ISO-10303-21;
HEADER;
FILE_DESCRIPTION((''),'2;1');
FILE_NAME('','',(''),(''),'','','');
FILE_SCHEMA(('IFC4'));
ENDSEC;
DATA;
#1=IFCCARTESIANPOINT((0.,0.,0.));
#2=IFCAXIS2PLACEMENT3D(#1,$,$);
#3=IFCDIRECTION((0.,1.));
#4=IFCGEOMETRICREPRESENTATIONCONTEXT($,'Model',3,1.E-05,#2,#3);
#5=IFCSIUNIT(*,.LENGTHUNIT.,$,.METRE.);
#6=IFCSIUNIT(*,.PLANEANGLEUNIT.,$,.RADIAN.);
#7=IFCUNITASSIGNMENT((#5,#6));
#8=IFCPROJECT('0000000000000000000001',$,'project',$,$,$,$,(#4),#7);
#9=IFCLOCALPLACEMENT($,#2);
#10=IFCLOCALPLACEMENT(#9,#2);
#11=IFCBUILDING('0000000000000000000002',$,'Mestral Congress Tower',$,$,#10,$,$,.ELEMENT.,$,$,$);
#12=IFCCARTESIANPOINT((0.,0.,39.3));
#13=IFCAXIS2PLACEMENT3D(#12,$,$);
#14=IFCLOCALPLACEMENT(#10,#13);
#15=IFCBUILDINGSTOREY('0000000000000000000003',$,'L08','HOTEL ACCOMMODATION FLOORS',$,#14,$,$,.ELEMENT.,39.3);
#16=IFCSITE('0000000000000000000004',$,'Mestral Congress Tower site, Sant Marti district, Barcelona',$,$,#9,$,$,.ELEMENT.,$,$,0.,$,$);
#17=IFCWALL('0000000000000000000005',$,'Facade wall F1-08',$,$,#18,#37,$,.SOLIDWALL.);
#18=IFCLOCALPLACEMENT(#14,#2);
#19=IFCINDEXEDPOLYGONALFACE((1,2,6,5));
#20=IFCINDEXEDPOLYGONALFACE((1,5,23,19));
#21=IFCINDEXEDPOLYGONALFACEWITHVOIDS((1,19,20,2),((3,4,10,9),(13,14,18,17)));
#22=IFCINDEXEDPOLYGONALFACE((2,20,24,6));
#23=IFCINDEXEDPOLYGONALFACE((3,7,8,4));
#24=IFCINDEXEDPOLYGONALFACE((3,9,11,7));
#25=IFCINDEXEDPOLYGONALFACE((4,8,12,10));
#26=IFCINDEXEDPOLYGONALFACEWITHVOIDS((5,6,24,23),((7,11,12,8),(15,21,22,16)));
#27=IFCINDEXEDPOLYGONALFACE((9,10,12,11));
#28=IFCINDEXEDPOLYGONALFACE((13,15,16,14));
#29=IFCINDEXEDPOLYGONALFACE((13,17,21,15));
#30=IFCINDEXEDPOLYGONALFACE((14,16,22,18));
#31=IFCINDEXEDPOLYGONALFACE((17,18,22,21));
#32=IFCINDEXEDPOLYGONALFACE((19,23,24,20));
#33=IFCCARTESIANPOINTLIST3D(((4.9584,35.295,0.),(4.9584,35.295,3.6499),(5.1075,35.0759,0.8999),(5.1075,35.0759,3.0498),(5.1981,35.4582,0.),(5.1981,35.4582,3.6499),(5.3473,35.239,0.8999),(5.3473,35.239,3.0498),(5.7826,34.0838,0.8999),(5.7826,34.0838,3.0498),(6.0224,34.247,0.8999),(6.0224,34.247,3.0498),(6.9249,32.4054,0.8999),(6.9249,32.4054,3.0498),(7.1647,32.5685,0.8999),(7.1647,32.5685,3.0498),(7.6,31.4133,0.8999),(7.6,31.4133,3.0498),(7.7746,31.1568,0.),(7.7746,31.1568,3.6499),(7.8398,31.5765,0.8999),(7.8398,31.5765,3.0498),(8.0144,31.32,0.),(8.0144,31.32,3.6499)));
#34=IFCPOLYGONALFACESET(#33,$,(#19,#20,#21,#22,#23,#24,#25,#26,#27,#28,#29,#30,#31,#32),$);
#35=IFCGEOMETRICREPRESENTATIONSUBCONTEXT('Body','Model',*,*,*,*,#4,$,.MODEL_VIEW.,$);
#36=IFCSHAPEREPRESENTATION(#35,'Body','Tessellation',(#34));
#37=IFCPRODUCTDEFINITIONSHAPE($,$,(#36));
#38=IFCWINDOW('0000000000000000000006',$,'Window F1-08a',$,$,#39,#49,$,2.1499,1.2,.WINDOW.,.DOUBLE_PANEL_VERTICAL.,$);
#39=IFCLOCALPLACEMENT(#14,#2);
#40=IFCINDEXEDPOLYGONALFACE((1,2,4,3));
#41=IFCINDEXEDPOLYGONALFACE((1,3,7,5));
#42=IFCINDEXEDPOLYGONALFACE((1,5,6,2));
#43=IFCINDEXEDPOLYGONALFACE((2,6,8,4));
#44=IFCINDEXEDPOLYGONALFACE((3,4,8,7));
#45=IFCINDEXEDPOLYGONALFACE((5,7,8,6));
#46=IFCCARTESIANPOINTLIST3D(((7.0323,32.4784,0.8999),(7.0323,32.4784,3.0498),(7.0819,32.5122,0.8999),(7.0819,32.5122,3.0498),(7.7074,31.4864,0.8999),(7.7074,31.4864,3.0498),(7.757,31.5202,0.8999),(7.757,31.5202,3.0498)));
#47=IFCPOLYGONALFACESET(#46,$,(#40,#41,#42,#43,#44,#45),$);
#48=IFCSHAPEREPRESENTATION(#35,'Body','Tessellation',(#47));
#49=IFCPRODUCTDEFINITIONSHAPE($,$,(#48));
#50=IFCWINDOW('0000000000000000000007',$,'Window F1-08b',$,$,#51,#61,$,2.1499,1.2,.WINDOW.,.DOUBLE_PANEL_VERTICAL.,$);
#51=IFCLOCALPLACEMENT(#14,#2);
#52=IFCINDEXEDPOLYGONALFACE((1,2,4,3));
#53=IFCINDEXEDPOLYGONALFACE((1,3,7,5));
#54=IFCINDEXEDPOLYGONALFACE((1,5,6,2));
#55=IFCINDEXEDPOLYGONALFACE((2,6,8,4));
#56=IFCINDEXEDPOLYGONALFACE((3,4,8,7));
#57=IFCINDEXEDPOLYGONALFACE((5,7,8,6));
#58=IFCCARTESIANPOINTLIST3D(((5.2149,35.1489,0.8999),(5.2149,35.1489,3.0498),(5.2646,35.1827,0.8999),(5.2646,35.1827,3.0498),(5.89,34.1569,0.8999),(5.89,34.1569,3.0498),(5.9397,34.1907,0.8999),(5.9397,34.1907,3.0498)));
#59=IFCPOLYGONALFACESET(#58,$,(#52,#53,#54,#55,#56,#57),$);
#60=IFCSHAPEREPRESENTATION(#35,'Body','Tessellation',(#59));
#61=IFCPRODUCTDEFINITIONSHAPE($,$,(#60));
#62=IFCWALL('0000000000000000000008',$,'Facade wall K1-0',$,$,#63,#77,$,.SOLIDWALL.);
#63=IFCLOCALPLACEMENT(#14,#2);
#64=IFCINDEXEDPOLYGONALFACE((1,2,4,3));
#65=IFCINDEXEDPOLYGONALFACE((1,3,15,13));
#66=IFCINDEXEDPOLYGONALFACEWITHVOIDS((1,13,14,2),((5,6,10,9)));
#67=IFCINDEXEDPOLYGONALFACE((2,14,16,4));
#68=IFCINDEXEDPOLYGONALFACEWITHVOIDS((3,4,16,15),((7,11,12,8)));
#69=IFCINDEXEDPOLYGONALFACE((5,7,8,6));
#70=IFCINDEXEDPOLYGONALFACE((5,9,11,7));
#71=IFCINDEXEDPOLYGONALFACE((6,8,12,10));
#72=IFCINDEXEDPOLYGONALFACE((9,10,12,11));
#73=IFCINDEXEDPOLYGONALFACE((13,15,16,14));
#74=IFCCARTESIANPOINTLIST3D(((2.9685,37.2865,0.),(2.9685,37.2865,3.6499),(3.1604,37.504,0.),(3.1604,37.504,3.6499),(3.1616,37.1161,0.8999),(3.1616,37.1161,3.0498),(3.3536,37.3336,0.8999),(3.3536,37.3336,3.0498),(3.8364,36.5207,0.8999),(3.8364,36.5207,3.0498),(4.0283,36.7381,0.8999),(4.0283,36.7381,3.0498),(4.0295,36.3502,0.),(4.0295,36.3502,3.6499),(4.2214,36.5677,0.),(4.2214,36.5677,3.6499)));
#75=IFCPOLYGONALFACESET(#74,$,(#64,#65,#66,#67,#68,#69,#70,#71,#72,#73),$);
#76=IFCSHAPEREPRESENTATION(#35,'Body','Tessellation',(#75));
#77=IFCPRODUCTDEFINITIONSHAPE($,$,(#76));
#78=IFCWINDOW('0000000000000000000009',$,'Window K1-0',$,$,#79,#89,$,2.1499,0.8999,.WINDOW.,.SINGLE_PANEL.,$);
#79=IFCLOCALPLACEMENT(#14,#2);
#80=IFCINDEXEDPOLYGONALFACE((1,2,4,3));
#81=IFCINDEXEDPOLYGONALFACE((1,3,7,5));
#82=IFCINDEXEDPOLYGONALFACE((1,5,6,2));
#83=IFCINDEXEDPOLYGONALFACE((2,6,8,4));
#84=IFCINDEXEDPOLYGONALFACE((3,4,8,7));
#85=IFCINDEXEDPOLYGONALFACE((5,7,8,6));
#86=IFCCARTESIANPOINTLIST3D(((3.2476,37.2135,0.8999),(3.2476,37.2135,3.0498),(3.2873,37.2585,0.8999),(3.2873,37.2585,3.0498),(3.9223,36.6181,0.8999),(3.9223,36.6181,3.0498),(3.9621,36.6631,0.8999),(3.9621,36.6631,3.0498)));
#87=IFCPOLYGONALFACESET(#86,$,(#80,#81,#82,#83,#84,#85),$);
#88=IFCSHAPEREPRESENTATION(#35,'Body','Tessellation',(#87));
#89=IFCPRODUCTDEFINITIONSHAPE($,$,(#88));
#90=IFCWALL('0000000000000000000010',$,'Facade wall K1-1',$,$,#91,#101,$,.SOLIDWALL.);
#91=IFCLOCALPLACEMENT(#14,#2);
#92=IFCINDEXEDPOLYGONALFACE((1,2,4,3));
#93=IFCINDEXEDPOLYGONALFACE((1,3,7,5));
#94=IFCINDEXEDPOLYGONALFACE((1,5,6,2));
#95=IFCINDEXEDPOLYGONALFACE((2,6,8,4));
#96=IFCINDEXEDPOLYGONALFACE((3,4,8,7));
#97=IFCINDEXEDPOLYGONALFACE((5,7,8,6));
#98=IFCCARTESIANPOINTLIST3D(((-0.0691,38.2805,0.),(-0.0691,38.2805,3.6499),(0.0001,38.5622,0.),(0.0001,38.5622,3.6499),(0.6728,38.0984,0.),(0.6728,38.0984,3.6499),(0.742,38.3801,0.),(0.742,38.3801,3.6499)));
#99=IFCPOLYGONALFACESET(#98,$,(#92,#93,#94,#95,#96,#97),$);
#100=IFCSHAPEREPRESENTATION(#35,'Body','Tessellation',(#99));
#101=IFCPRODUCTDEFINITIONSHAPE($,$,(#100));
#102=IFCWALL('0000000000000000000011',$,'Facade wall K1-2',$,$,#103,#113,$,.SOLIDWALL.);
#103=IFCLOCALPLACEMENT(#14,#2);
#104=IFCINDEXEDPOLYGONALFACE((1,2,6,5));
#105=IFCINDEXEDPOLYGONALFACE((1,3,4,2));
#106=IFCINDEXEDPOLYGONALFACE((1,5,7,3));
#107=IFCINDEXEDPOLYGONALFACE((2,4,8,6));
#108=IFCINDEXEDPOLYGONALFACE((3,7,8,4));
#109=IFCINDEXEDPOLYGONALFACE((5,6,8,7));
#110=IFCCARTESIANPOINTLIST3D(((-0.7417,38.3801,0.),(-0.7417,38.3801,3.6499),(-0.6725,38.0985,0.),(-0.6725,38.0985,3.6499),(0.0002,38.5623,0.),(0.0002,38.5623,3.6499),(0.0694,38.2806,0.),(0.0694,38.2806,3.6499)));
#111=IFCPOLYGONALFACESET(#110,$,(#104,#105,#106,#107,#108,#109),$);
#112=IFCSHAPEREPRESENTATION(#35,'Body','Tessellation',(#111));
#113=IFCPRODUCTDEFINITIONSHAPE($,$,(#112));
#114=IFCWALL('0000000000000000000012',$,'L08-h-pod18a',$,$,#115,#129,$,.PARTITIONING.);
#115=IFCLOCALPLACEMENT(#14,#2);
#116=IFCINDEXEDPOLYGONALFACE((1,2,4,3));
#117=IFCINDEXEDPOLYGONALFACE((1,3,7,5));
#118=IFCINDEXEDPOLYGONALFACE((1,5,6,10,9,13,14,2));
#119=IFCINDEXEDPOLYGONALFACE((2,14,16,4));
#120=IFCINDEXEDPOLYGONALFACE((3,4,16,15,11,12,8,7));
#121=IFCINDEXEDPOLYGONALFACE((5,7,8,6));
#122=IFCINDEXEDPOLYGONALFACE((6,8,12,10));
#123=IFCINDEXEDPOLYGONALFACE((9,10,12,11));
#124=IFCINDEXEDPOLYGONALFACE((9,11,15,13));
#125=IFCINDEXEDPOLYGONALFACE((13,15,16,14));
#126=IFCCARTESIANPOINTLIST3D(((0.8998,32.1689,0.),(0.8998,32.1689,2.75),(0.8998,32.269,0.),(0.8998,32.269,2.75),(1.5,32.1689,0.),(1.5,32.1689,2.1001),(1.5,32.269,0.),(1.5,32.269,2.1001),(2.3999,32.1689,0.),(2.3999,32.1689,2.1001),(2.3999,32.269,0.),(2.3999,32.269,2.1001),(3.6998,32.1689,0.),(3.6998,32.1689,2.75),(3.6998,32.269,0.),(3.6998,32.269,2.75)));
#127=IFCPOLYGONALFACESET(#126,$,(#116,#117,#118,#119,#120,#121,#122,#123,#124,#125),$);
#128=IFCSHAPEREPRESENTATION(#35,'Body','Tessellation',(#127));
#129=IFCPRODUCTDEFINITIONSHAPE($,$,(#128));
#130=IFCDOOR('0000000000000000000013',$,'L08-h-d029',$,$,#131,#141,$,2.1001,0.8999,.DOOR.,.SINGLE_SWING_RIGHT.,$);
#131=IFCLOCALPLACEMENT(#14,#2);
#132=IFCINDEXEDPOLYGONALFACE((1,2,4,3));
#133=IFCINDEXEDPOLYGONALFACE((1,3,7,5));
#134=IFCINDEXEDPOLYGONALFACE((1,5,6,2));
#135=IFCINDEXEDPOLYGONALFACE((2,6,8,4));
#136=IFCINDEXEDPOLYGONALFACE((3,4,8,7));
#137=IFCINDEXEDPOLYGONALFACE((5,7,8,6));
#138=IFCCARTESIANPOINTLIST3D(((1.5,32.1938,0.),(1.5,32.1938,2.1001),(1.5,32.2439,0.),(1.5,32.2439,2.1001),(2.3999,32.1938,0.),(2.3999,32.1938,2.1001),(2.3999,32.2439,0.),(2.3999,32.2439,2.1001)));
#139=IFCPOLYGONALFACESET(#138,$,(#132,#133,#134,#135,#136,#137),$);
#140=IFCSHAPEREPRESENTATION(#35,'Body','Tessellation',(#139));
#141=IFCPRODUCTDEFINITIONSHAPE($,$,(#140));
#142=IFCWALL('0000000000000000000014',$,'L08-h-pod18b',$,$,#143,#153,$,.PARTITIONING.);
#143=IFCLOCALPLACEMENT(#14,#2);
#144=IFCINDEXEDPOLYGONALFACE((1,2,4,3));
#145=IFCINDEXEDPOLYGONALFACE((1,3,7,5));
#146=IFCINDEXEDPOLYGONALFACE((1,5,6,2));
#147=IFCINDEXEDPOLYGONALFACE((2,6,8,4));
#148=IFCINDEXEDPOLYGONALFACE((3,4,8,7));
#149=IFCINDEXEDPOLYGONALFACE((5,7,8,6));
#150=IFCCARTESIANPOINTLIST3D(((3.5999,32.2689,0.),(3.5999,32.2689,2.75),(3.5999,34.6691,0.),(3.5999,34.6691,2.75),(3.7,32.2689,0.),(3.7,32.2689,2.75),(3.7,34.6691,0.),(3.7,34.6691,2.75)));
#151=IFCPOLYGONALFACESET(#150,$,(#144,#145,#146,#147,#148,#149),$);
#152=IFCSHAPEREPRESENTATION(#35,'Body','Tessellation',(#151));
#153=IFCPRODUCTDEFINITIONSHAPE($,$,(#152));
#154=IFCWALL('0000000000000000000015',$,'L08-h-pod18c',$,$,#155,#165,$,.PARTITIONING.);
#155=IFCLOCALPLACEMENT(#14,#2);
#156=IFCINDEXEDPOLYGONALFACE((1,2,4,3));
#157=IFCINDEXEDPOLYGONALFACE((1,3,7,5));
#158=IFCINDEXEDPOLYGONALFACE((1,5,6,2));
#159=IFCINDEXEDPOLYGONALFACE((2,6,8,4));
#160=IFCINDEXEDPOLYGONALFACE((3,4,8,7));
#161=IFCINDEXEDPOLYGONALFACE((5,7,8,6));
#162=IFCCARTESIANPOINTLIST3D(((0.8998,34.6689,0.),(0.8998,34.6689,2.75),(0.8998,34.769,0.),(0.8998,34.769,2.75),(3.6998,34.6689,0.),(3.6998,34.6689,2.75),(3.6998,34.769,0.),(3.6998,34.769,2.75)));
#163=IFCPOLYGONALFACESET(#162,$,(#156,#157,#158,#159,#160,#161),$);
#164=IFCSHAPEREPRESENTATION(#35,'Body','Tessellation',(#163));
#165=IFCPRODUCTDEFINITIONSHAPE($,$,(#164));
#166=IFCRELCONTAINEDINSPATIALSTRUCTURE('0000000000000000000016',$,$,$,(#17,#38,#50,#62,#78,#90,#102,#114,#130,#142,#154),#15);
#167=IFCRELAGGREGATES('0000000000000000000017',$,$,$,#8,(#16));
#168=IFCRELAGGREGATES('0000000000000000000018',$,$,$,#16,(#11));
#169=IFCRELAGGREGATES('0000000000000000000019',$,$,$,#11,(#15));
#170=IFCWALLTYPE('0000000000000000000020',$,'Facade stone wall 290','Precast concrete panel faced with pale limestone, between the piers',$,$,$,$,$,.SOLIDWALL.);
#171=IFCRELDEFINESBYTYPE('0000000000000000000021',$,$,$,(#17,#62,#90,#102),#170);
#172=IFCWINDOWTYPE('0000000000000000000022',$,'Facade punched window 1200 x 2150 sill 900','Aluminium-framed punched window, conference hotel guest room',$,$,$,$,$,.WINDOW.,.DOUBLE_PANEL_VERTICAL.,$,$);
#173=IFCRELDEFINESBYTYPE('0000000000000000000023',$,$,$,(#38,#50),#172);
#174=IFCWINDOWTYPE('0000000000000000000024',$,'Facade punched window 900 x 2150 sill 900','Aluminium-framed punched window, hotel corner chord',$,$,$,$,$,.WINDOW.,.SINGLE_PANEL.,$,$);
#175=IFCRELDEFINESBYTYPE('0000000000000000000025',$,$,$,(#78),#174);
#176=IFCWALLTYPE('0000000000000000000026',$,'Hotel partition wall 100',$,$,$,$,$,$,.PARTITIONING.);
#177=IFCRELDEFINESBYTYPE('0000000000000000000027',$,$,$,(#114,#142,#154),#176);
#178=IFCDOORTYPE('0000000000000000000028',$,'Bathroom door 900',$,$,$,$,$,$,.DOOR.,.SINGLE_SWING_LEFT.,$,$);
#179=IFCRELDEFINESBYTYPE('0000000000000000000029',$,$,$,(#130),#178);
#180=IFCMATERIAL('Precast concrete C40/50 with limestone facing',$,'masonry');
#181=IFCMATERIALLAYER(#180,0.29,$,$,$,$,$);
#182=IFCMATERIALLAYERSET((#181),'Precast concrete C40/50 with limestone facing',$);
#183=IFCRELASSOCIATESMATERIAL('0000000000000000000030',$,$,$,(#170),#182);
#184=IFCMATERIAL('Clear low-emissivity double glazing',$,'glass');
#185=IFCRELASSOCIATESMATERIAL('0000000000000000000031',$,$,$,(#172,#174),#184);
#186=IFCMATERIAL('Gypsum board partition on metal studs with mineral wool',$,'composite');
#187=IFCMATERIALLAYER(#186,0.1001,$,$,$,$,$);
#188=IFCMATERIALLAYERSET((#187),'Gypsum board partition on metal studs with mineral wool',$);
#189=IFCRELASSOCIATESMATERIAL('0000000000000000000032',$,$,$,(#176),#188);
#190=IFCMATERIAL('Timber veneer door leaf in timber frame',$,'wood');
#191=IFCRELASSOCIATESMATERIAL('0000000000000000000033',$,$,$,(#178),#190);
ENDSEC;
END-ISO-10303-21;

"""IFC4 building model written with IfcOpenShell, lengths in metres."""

from ifc_helpers import new_model, si_unit, direction, frame, frame_2d, origin, place, context, subcontext, project, spatial, rectangle, extrude, material, layer, layer_set, type_object, element, fill, save


model = new_model("IFC4")

# Units and contexts
model_context = context("Model", 3, precision=1e-05, world=origin(), true_north=direction((0.0, 1.0)))
body_context = subcontext(model_context, "Body", "Model", "MODEL_VIEW")
ifc_project = project(units=[si_unit("LENGTHUNIT", "METRE"), si_unit("PLANEANGLEUNIT", "RADIAN")], contexts=[model_context])

# Site, building, storey
site_placement = place(None, origin())
site = spatial("IfcSite", under=ifc_project, at=site_placement, Name="Mestral Congress Tower site, Sant Marti district, Barcelona", CompositionType="ELEMENT", RefElevation=0.0)
building_placement = place(site_placement, origin())
building = spatial("IfcBuilding", under=site, at=building_placement, Name="Mestral Congress Tower", CompositionType="ELEMENT")
storey_placement = place(building_placement, frame((0.0, 0.0, 39.3)))
storey = spatial("IfcBuildingStorey", under=building, at=storey_placement, Name="L08", Description="HOTEL ACCOMMODATION FLOORS", CompositionType="ELEMENT", Elevation=39.3)

# Wall, openings, windows
ifc_material_1 = material(Name="Precast concrete C40/50 with limestone facing", Category="masonry")
ifc_layer_1 = layer(ifc_material_1, 0.29)
ifc_layer_set_1 = layer_set([ifc_layer_1], Name="Precast concrete C40/50 with limestone facing")
wall_type_1 = type_object("IfcWallType", Name="Facade stone wall 290", Description="Precast concrete panel faced with pale limestone, between the piers", PredefinedType="SOLIDWALL", material=ifc_layer_set_1)
wall_1_placement = place(storey_placement, frame((7.8945, 31.2383, 0.0), z_axis=(0.0, 0.0, 1.0), x_axis=(-0.56261, 0.826722, 0.0)))
wall_1 = element("IfcWall", 1, at=wall_1_placement, inside=storey, type_object=wall_type_1, Name="Facade wall F1-08", PredefinedType="SOLIDWALL", context=body_context, shape_type="SweptSolid", body=[
    extrude(rectangle(XDim=5.0056, YDim=0.29, at=frame_2d((2.5029, 0.0))), origin(), (0.0, 0.0, 1.0), 3.6499),
])
opening_1_placement = place(wall_1_placement, frame((0.3103, 0.0, 0.8999)))
opening_1 = element("IfcOpeningElement", 2, at=opening_1_placement, cuts=wall_1, PredefinedType="OPENING", context=body_context, shape_type="SweptSolid", body=[
    extrude(rectangle(XDim=1.2, YDim=2.1499, at=frame_2d((0.6001, 1.075))), frame((0.0, 0.155, 0.0), z_axis=(0.0, -1.0, 0.0), x_axis=(1.0, 0.0, 0.0)), (0.0, 0.0, 1.0), 0.3101),
])
opening_2_placement = place(wall_1_placement, frame((3.5405, 0.0, 0.8999)))
opening_2 = element("IfcOpeningElement", 3, at=opening_2_placement, cuts=wall_1, PredefinedType="OPENING", context=body_context, shape_type="SweptSolid", body=[
    extrude(rectangle(XDim=1.2, YDim=2.1499, at=frame_2d((0.6001, 1.075))), frame((0.0, 0.155, 0.0), z_axis=(0.0, -1.0, 0.0), x_axis=(1.0, 0.0, 0.0)), (0.0, 0.0, 1.0), 0.3101),
])
ifc_material_2 = material(Name="Clear low-emissivity double glazing", Category="glass")
window_type_1 = type_object("IfcWindowType", Name="Facade punched window 1200 x 2150 sill 900", Description="Aluminium-framed punched window, conference hotel guest room", PartitioningType="DOUBLE_PANEL_VERTICAL", PredefinedType="WINDOW", material=ifc_material_2)
window_1_placement = place(opening_1_placement, origin())
window_1 = element("IfcWindow", 4, at=window_1_placement, inside=storey, type_object=window_type_1, Name="Window F1-08a", OverallHeight=2.1499, OverallWidth=1.2, PartitioningType="DOUBLE_PANEL_VERTICAL", PredefinedType="WINDOW", context=body_context, shape_type="SweptSolid", body=[
    extrude(rectangle(XDim=1.2, YDim=2.1499, at=frame_2d((0.6001, 1.075))), frame((0.0, 0.0151, 0.0), z_axis=(0.0, -1.0, 0.0), x_axis=(1.0, 0.0, 0.0)), (0.0, 0.0, 1.0), 0.0601),
])
fill(opening_1, window_1)
window_2_placement = place(opening_2_placement, origin())
window_2 = element("IfcWindow", 5, at=window_2_placement, inside=storey, type_object=window_type_1, Name="Window F1-08b", OverallHeight=2.1499, OverallWidth=1.2, PartitioningType="DOUBLE_PANEL_VERTICAL", PredefinedType="WINDOW", context=body_context, shape_type="SweptSolid", body=[
    extrude(rectangle(XDim=1.2, YDim=2.1499, at=frame_2d((0.6001, 1.075))), frame((0.0, 0.0151, 0.0), z_axis=(0.0, -1.0, 0.0), x_axis=(1.0, 0.0, 0.0)), (0.0, 0.0, 1.0), 0.0601),
])
fill(opening_2, window_2)

# Wall, opening, window
wall_2_placement = place(storey_placement, frame((4.1255, 36.459, 0.0), z_axis=(0.0, 0.0, 1.0), x_axis=(-0.749813, 0.66165, 0.0)))
wall_2 = element("IfcWall", 6, at=wall_2_placement, inside=storey, type_object=wall_type_1, Name="Facade wall K1-0", PredefinedType="SOLIDWALL", context=body_context, shape_type="SweptSolid", body=[
    extrude(rectangle(XDim=1.415, YDim=0.29, at=frame_2d((0.7075, 0.0))), origin(), (0.0, 0.0, 1.0), 3.6499),
])
opening_3_placement = place(wall_2_placement, frame((0.2576, 0.0, 0.8999)))
opening_3 = element("IfcOpeningElement", 7, at=opening_3_placement, cuts=wall_2, PredefinedType="OPENING", context=body_context, shape_type="SweptSolid", body=[
    extrude(rectangle(XDim=0.8999, YDim=2.1499, at=frame_2d((0.45, 1.075))), frame((0.0, 0.155, 0.0), z_axis=(0.0, -1.0, 0.0), x_axis=(1.0, 0.0, 0.0)), (0.0, 0.0, 1.0), 0.3101),
])
window_type_2 = type_object("IfcWindowType", Name="Facade punched window 900 x 2150 sill 900", Description="Aluminium-framed punched window, hotel corner chord", PartitioningType="SINGLE_PANEL", PredefinedType="WINDOW", material=ifc_material_2)
window_3_placement = place(opening_3_placement, origin())
window_3 = element("IfcWindow", 8, at=window_3_placement, inside=storey, type_object=window_type_2, Name="Window K1-0", OverallHeight=2.1499, OverallWidth=0.8999, PartitioningType="SINGLE_PANEL", PredefinedType="WINDOW", context=body_context, shape_type="SweptSolid", body=[
    extrude(rectangle(XDim=0.8999, YDim=2.1499, at=frame_2d((0.45, 1.075))), frame((0.0, 0.0151, 0.0), z_axis=(0.0, -1.0, 0.0), x_axis=(1.0, 0.0, 0.0)), (0.0, 0.0, 1.0), 0.0601),
])
fill(opening_3, window_3)

# Walls
for number, where, z_axis, x_axis, name in (
    (9, (0.7073, 38.2393, 0.0), (0.0, 0.0, 1.0), (-0.971168, 0.238398, 0.0), "Facade wall K1-1"),
    (10, (0.0347, 38.4214, 0.0), (0.0, 0.0, 1.0), (-0.971168, -0.238398, 0.0), "Facade wall K1-2"),
):
    element("IfcWall", number, at=place(storey_placement, frame(where, z_axis=z_axis, x_axis=x_axis)), inside=storey, type_object=wall_type_1, Name=name, PredefinedType="SOLIDWALL", context=body_context, shape_type="SweptSolid", body=[
        extrude(rectangle(XDim=0.7639, YDim=0.29, at=frame_2d((0.3818, 0.0))), origin(), (0.0, 0.0, 1.0), 3.6499),
    ])

# Wall, opening, door
ifc_material_3 = material(Name="Gypsum board partition on metal studs with mineral wool", Category="composite")
ifc_layer_2 = layer(ifc_material_3, 0.1001)
ifc_layer_set_2 = layer_set([ifc_layer_2], Name="Gypsum board partition on metal studs with mineral wool")
wall_type_2 = type_object("IfcWallType", Name="Hotel partition wall 100", PredefinedType="PARTITIONING", material=ifc_layer_set_2)
wall_3_placement = place(storey_placement, frame((0.8999, 32.219, 0.0), z_axis=(0.0, 0.0, 1.0), x_axis=(1.0, 0.0, 0.0)))
wall_3 = element("IfcWall", 11, at=wall_3_placement, inside=storey, type_object=wall_type_2, Name="L08-h-pod18a", PredefinedType="PARTITIONING", context=body_context, shape_type="SweptSolid", body=[
    extrude(rectangle(XDim=2.8, YDim=0.1001, at=frame_2d((1.3999, 0.0))), origin(), (0.0, 0.0, 1.0), 2.75),
])
opening_4_placement = place(wall_3_placement, frame((0.6001, 0.0, 0.0)))
opening_4 = element("IfcOpeningElement", 12, at=opening_4_placement, cuts=wall_3, PredefinedType="OPENING", context=body_context, shape_type="SweptSolid", body=[
    extrude(rectangle(XDim=0.8999, YDim=2.1001, at=frame_2d((0.45, 1.05))), frame((0.0, 0.0601, 0.0), z_axis=(0.0, -1.0, 0.0), x_axis=(1.0, 0.0, 0.0)), (0.0, 0.0, 1.0), 0.1201),
])
ifc_material_4 = material(Name="Timber veneer door leaf in timber frame", Category="wood")
door_type_1 = type_object("IfcDoorType", Name="Bathroom door 900", OperationType="SINGLE_SWING_LEFT", PredefinedType="DOOR", material=ifc_material_4)
door_1_placement = place(opening_4_placement, origin())
door_1 = element("IfcDoor", 13, at=door_1_placement, inside=storey, type_object=door_type_1, Name="L08-h-d029", OperationType="SINGLE_SWING_RIGHT", OverallHeight=2.1001, OverallWidth=0.8999, PredefinedType="DOOR", context=body_context, shape_type="SweptSolid", body=[
    extrude(rectangle(XDim=0.8999, YDim=2.1001, at=frame_2d((0.45, 1.05))), frame((0.0, 0.0249, 0.0), z_axis=(0.0, -1.0, 0.0), x_axis=(1.0, 0.0, 0.0)), (0.0, 0.0, 1.0), 0.05),
])
fill(opening_4, door_1)

# Walls
wall_4_placement = place(storey_placement, frame((3.6499, 32.2688, 0.0), z_axis=(0.0, 0.0, 1.0), x_axis=(0.0, 1.0, 0.0)))
element("IfcWall", 14, at=wall_4_placement, inside=storey, type_object=wall_type_2, Name="L08-h-pod18b", PredefinedType="PARTITIONING", context=body_context, shape_type="SweptSolid", body=[
    extrude(rectangle(XDim=2.4001, YDim=0.1001, at=frame_2d((1.2002, 0.0))), origin(), (0.0, 0.0, 1.0), 2.75),
])
wall_5_placement = place(storey_placement, frame((0.8999, 34.719, 0.0), z_axis=(0.0, 0.0, 1.0), x_axis=(1.0, 0.0, 0.0)))
element("IfcWall", 15, at=wall_5_placement, inside=storey, type_object=wall_type_2, Name="L08-h-pod18c", PredefinedType="PARTITIONING", context=body_context, shape_type="SweptSolid", body=[
    extrude(rectangle(XDim=2.8, YDim=0.1001, at=frame_2d((1.3999, 0.0))), origin(), (0.0, 0.0, 1.0), 2.75),
])

save(model, "model.ifc")
